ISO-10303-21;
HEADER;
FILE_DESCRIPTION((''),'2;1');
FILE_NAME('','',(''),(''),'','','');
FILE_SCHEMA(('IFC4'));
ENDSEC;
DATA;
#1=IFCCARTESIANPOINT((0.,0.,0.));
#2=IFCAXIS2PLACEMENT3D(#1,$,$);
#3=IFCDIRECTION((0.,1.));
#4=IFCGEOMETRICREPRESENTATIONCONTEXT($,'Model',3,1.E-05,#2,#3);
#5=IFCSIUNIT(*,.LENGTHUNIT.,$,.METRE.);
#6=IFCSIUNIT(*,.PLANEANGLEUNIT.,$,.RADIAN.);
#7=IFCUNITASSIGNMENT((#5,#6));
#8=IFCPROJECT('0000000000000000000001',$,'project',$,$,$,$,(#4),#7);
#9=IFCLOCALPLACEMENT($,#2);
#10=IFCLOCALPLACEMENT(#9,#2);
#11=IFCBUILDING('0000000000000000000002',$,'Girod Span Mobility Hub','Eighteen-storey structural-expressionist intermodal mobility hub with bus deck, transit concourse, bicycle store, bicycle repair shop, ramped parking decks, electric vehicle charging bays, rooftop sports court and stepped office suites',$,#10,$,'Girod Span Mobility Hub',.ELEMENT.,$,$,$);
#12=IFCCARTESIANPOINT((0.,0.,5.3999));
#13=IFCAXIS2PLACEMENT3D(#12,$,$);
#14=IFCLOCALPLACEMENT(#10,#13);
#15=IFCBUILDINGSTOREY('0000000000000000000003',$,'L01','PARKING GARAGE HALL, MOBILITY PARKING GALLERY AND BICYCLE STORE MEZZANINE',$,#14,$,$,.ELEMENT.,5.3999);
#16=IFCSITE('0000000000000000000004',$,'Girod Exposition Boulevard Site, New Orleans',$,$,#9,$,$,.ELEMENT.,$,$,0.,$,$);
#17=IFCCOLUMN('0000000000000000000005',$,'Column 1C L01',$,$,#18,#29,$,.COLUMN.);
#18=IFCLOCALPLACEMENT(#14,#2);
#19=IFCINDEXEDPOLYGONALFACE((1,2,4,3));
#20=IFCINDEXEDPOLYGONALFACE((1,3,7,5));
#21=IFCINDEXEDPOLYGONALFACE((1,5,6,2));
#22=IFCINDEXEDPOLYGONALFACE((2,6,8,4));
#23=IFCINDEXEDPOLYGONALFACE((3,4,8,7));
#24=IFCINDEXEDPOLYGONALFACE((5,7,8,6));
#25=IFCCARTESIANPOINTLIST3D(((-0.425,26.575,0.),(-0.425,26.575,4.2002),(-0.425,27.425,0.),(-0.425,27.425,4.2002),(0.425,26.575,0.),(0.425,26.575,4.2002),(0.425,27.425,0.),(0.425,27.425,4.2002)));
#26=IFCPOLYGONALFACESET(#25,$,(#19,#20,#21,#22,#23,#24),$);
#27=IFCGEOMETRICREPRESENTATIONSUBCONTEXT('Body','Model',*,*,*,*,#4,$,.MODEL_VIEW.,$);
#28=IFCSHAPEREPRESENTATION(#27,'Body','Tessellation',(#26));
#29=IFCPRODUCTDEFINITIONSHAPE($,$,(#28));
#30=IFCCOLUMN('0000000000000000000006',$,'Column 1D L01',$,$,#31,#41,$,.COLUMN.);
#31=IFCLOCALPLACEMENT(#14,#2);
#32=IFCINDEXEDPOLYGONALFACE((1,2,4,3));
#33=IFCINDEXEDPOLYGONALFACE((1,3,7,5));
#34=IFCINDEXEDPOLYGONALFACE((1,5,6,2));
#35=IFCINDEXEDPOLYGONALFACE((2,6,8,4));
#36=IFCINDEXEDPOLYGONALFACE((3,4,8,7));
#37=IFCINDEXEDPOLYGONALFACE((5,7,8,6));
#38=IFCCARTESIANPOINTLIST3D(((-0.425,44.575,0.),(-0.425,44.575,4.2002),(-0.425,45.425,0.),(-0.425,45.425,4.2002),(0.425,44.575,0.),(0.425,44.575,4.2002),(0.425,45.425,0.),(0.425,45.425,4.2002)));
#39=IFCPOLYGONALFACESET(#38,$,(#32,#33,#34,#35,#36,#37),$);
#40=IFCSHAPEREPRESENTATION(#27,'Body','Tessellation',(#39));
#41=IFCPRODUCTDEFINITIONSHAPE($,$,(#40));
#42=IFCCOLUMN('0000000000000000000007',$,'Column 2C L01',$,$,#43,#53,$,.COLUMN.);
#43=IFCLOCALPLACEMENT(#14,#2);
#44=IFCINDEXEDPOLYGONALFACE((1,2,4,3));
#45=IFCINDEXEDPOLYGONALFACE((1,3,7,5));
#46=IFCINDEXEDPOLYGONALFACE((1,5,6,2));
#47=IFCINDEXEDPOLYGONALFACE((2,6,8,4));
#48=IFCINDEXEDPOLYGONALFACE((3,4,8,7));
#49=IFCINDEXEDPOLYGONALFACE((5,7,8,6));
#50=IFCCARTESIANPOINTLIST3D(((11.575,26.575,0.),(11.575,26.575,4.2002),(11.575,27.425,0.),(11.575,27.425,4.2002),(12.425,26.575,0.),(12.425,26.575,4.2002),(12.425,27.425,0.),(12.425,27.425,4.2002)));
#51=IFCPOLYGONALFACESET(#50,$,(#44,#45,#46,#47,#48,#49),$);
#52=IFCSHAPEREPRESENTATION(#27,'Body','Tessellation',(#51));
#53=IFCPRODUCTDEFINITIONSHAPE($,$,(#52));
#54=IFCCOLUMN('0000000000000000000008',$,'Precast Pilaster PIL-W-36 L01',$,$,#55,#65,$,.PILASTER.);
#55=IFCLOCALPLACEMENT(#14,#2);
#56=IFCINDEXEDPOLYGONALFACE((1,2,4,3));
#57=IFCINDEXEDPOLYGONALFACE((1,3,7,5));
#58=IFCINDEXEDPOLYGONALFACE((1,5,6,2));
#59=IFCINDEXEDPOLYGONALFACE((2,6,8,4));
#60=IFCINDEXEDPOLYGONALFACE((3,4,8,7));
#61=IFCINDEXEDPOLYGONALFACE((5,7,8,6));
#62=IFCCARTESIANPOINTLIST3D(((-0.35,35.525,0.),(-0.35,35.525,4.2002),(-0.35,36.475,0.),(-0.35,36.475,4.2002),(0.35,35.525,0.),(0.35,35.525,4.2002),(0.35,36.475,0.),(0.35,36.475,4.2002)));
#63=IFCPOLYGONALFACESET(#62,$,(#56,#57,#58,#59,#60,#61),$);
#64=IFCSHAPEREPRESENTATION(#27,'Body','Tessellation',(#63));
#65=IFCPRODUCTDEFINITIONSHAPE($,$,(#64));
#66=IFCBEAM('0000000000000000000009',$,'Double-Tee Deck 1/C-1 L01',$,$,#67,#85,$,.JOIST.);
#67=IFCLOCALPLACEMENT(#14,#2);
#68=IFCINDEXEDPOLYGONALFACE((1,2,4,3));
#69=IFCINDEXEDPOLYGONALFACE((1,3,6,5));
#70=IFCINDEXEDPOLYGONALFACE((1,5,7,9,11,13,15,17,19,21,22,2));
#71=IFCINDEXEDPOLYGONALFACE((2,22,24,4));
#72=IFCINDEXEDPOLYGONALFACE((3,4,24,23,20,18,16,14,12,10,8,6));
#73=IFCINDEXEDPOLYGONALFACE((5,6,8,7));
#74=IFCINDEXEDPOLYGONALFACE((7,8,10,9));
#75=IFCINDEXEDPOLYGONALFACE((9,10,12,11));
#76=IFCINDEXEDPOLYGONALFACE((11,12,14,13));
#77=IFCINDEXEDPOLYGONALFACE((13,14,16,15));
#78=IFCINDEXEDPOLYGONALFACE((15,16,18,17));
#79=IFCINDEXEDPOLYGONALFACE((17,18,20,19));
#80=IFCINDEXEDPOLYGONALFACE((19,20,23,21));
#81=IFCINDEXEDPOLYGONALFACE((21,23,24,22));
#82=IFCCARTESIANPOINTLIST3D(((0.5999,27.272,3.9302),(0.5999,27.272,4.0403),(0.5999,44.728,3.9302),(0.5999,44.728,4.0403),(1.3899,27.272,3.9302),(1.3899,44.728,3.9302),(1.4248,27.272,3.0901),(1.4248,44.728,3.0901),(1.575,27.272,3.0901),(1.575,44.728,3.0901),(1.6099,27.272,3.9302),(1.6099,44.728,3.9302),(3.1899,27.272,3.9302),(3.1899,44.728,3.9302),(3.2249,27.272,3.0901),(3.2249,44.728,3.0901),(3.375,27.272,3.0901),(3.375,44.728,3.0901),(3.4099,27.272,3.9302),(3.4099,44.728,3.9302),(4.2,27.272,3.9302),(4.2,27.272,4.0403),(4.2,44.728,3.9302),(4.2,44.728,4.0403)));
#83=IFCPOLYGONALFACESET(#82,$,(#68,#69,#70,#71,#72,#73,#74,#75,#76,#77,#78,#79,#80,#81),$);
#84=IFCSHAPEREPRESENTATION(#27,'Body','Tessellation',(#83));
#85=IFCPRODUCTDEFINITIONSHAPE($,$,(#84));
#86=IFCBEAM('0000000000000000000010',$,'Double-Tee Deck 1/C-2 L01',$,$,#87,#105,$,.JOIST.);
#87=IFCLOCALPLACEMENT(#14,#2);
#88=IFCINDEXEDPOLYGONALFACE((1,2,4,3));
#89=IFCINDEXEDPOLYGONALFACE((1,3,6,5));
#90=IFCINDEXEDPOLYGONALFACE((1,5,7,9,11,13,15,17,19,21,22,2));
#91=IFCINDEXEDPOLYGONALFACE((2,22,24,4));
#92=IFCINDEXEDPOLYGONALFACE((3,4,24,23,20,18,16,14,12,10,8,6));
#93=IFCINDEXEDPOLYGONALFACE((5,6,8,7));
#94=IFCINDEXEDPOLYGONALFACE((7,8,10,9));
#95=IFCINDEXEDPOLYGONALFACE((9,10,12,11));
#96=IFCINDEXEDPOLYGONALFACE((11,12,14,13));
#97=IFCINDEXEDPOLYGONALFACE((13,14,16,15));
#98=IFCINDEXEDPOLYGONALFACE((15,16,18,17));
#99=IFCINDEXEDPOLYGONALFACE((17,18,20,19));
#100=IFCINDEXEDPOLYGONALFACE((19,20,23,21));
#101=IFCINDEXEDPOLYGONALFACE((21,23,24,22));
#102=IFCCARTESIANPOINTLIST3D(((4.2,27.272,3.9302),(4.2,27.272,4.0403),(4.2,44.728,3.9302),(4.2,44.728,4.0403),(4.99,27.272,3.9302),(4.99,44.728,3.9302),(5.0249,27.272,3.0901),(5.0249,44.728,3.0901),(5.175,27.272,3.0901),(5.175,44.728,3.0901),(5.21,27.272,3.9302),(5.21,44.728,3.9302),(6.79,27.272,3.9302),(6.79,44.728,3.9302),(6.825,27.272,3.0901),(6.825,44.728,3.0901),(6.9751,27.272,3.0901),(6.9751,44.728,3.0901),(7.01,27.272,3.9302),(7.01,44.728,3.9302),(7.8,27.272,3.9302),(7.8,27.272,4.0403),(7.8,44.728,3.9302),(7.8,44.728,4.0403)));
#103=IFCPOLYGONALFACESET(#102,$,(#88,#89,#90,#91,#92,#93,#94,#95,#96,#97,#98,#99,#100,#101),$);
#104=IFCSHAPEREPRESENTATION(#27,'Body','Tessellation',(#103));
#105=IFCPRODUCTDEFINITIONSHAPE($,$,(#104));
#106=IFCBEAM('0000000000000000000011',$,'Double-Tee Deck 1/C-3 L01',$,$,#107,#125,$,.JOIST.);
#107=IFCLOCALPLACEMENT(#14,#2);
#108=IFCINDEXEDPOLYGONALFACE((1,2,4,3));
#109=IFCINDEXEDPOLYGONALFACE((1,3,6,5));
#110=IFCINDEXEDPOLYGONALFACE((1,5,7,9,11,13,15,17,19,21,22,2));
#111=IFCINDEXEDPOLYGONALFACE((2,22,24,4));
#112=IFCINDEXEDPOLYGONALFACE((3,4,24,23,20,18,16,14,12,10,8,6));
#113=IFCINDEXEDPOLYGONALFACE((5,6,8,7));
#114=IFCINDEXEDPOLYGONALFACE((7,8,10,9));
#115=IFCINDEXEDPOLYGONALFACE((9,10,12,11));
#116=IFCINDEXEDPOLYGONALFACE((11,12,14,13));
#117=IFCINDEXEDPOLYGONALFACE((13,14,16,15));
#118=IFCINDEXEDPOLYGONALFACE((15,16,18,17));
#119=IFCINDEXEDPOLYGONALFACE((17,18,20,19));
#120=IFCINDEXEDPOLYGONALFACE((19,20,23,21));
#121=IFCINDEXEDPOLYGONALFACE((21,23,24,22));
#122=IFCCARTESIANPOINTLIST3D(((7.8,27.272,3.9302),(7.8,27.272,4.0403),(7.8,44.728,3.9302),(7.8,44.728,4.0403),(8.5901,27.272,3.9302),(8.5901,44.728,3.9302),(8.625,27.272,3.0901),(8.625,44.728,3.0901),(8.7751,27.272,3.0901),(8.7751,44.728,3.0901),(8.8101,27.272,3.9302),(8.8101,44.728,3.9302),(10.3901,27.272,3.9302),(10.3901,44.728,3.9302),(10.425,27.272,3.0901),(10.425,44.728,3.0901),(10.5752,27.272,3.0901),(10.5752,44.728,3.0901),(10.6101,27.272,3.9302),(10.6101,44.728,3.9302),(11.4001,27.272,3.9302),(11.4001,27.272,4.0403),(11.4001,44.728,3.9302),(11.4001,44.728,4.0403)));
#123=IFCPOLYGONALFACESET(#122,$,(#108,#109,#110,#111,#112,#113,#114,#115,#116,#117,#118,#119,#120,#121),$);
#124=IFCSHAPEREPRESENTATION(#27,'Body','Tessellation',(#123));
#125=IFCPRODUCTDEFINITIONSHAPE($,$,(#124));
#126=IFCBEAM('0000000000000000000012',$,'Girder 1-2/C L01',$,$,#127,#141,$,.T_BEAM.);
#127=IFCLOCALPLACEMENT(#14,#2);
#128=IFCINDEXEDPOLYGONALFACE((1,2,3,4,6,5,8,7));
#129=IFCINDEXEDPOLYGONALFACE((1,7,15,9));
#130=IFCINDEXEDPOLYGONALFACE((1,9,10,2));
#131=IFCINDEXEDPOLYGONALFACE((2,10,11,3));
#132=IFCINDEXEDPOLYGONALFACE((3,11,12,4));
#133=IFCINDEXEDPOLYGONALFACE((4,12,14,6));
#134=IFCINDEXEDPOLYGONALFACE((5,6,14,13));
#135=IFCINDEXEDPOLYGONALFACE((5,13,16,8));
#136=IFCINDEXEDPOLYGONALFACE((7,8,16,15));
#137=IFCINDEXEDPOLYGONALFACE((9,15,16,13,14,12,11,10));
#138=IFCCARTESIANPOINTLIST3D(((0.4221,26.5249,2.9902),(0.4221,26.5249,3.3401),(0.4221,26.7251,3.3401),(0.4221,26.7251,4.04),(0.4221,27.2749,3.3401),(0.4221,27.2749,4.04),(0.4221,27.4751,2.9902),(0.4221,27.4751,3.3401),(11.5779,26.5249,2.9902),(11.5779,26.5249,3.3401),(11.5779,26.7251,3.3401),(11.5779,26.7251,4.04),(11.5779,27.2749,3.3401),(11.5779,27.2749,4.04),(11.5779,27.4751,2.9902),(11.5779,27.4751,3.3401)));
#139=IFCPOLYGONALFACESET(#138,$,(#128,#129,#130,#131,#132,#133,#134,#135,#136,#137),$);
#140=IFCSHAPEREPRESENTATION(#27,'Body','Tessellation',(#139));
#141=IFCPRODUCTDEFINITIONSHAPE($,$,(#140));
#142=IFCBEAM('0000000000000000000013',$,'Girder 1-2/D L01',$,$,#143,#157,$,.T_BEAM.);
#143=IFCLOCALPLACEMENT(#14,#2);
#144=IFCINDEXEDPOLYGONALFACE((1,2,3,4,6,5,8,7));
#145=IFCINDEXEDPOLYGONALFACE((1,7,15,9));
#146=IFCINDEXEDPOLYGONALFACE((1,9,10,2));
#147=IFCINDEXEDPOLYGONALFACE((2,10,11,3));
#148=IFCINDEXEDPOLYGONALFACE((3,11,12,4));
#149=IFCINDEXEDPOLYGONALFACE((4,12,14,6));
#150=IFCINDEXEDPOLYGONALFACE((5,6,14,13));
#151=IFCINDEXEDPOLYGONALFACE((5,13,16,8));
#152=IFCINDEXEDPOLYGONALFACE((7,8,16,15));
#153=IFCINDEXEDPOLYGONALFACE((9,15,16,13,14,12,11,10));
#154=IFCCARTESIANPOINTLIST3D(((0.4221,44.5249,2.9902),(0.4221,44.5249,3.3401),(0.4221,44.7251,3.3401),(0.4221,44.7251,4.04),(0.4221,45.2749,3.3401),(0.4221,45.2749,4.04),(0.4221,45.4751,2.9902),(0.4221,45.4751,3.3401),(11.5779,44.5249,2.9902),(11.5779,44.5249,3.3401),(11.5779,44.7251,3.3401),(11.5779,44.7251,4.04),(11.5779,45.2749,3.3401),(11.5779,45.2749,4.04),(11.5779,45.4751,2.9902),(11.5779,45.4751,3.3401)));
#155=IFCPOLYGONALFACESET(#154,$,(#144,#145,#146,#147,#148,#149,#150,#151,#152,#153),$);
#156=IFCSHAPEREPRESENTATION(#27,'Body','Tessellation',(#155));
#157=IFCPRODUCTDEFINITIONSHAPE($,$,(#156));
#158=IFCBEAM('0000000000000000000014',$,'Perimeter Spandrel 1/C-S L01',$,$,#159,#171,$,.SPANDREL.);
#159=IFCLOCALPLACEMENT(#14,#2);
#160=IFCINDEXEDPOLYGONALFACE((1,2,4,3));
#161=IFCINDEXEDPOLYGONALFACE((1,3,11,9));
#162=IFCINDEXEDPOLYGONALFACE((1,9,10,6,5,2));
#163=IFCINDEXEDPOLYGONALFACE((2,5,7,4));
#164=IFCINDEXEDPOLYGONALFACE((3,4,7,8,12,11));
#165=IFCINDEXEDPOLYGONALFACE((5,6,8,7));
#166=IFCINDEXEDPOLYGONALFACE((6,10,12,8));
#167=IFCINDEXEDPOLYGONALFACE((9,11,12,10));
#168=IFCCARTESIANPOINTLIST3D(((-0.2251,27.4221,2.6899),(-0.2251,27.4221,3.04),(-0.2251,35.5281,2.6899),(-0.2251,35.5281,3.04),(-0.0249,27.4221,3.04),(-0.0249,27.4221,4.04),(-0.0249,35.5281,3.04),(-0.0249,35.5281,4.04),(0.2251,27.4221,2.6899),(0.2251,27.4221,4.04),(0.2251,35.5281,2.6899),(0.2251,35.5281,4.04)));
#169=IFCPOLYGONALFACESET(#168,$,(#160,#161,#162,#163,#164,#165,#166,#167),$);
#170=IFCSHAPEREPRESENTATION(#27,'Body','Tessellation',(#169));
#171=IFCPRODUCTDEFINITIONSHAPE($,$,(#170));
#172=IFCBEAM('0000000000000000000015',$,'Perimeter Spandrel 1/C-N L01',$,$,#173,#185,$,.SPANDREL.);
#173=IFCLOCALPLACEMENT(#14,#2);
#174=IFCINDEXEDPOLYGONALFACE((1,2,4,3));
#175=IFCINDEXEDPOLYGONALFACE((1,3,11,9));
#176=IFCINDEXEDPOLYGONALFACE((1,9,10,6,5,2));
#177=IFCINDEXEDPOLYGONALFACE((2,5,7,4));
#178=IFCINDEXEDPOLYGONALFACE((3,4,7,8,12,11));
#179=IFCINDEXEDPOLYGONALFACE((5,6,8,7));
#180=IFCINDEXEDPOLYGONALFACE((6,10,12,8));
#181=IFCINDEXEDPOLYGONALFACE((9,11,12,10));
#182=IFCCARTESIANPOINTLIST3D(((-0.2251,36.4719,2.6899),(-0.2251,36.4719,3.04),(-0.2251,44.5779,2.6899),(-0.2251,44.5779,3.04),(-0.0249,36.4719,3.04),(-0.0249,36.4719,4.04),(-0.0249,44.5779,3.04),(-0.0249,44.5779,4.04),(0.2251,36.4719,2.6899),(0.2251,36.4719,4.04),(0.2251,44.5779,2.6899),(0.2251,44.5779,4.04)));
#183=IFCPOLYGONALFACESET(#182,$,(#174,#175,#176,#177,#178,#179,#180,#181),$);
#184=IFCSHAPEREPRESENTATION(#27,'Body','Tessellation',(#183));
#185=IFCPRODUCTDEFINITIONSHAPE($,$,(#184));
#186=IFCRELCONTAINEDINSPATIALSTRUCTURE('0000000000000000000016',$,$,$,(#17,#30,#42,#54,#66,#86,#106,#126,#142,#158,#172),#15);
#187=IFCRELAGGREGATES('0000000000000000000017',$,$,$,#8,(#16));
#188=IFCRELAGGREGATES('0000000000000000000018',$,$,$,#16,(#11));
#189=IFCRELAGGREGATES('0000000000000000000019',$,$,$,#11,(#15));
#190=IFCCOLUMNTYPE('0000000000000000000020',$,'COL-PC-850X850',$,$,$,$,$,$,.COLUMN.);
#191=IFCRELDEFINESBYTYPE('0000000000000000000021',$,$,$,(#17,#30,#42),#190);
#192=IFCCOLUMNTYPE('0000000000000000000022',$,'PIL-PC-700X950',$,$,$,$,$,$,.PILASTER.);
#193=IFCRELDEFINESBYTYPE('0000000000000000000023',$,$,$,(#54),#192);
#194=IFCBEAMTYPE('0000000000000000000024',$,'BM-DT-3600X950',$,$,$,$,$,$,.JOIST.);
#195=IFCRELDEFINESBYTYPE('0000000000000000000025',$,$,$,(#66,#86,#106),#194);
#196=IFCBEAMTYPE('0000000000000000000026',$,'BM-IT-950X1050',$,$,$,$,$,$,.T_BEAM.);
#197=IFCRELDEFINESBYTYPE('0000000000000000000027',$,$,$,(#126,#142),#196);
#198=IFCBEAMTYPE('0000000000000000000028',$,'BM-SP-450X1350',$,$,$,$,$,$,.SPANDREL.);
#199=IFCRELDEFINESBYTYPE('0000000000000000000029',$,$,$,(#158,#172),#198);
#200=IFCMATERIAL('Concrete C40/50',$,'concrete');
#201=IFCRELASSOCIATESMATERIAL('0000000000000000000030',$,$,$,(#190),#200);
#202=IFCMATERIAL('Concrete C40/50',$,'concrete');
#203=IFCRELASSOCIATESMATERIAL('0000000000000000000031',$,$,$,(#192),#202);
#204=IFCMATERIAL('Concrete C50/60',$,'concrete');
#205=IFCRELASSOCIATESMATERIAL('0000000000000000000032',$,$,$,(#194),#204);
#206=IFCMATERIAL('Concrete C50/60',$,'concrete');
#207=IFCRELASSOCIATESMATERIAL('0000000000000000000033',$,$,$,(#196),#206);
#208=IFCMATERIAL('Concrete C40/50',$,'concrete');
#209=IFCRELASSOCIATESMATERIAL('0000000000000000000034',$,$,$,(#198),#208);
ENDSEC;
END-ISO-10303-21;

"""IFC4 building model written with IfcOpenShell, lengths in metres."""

from ifc_helpers import new_model, si_unit, direction, frame, origin, origin_2d, place, context, subcontext, project, spatial, polyline, rectangle, outline, extrude, material, material_profile, profile_set, type_object, element, save


model = new_model("IFC4")

# Units and contexts
model_context = context("Model", 3, precision=1e-05, world=origin(), true_north=direction((0.0, 1.0)))
body_context = subcontext(model_context, "Body", "Model", "MODEL_VIEW")
ifc_project = project(units=[si_unit("LENGTHUNIT", "METRE"), si_unit("PLANEANGLEUNIT", "RADIAN")], contexts=[model_context])

# Site, building, storey
site_placement = place(None, origin())
site = spatial("IfcSite", under=ifc_project, at=site_placement, Name="Girod Exposition Boulevard Site, New Orleans", CompositionType="ELEMENT", RefElevation=0.0)
building_placement = place(site_placement, origin())
building = spatial("IfcBuilding", under=site, at=building_placement, Name="Girod Span Mobility Hub", Description="Eighteen-storey structural-expressionist intermodal mobility hub with bus deck, transit concourse, bicycle store, bicycle repair shop, ramped parking decks, electric vehicle charging bays, rooftop sports court and stepped office suites", LongName="Girod Span Mobility Hub", CompositionType="ELEMENT")
storey_placement = place(building_placement, frame((0.0, 0.0, 5.3999)))
storey = spatial("IfcBuildingStorey", under=building, at=storey_placement, Name="L01", Description="PARKING GARAGE HALL, MOBILITY PARKING GALLERY AND BICYCLE STORE MEZZANINE", CompositionType="ELEMENT", Elevation=5.3999)

# Columns
ifc_material_1 = material(Name="Concrete C40/50", Category="concrete")
ifc_material_profile_1 = material_profile(ifc_material_1, rectangle(XDim=0.8501, YDim=0.8501, at=origin_2d()), Name="PC-COL-850X850")
ifc_profile_set_1 = profile_set([ifc_material_profile_1], Name="Concrete C40/50")
column_type_1 = type_object("IfcColumnType", Name="COL-PC-850X850", PredefinedType="COLUMN", material=ifc_profile_set_1)
for number, where, z_axis, x_axis, name in (
    (1, (0.0, 27.0, 0.0), (0.0, 0.0, 1.0), (1.0, 0.0, 0.0), "Column 1C L01"),
    (2, (0.0, 45.0, 0.0), (0.0, 0.0, 1.0), (1.0, 0.0, 0.0), "Column 1D L01"),
    (3, (12.0, 27.0, 0.0), (0.0, 0.0, 1.0), (1.0, 0.0, 0.0), "Column 2C L01"),
):
    element("IfcColumn", number, at=place(storey_placement, frame(where, z_axis=z_axis, x_axis=x_axis)), inside=storey, type_object=column_type_1, Name=name, PredefinedType="COLUMN", context=body_context, shape_type="SweptSolid", body=[
        extrude(rectangle(XDim=0.8501, YDim=0.8501, at=origin_2d()), origin(), (0.0, 0.0, 1.0), 4.2002),
    ])
ifc_material_2 = material(Name="Concrete C40/50", Category="concrete")
ifc_material_profile_2 = material_profile(ifc_material_2, rectangle(XDim=0.7, YDim=0.95, at=origin_2d()), Name="PC-PIL-700X950")
ifc_profile_set_2 = profile_set([ifc_material_profile_2], Name="Concrete C40/50")
column_type_2 = type_object("IfcColumnType", Name="PIL-PC-700X950", PredefinedType="PILASTER", material=ifc_profile_set_2)
column_placement = place(storey_placement, frame((0.0, 36.0, 0.0), z_axis=(0.0, 0.0, 1.0), x_axis=(1.0, 0.0, 0.0)))
element("IfcColumn", 4, at=column_placement, inside=storey, type_object=column_type_2, Name="Precast Pilaster PIL-W-36 L01", PredefinedType="PILASTER", context=body_context, shape_type="SweptSolid", body=[
    extrude(rectangle(XDim=0.7, YDim=0.95, at=origin_2d()), origin(), (0.0, 0.0, 1.0), 4.2002),
])

# Beams
ifc_material_3 = material(Name="Concrete C50/60", Category="concrete")
ifc_material_profile_3 = material_profile(ifc_material_3, outline(polyline([(-1.8, 0.4751), (-1.8, 0.365), (-1.01, 0.365), (-0.9751, -0.4751), (-0.825, -0.4751), (-0.79, 0.365), (0.79, 0.365), (0.825, -0.4751), (0.9751, -0.4751), (1.01, 0.365), (1.8, 0.365), (1.8, 0.4751), (-1.8, 0.4751)])), Name="DT-3600X950")
ifc_profile_set_3 = profile_set([ifc_material_profile_3], Name="Concrete C50/60")
beam_type_1 = type_object("IfcBeamType", Name="BM-DT-3600X950", PredefinedType="JOIST", material=ifc_profile_set_3)
for number, where, z_axis, x_axis, name in (
    (5, (2.3999, 27.272, 3.5652), (0.0, 1.0, 0.0), (-1.0, 0.0, 0.0), "Double-Tee Deck 1/C-1 L01"),
    (6, (6.0, 27.272, 3.5652), (0.0, 1.0, 0.0), (-1.0, 0.0, 0.0), "Double-Tee Deck 1/C-2 L01"),
    (7, (9.6001, 27.272, 3.5652), (0.0, 1.0, 0.0), (-1.0, 0.0, 0.0), "Double-Tee Deck 1/C-3 L01"),
):
    element("IfcBeam", number, at=place(storey_placement, frame(where, z_axis=z_axis, x_axis=x_axis)), inside=storey, type_object=beam_type_1, Name=name, PredefinedType="JOIST", context=body_context, shape_type="SweptSolid", body=[
        extrude(outline(polyline([(-1.8, 0.4751), (-1.8, 0.365), (-1.01, 0.365), (-0.9751, -0.4751), (-0.825, -0.4751), (-0.79, 0.365), (0.79, 0.365), (0.825, -0.4751), (0.9751, -0.4751), (1.01, 0.365), (1.8, 0.365), (1.8, 0.4751), (-1.8, 0.4751)])), origin(), (0.0, 0.0, 1.0), 17.4561),
    ])
ifc_material_4 = material(Name="Concrete C50/60", Category="concrete")
ifc_material_profile_4 = material_profile(ifc_material_4, outline(polyline([(-0.4751, -0.5249), (0.4751, -0.5249), (0.4751, -0.175), (0.2749, -0.175), (0.2749, 0.5249), (-0.2749, 0.5249), (-0.2749, -0.175), (-0.4751, -0.175), (-0.4751, -0.5249)])), Name="IT-950X1050")
ifc_profile_set_4 = profile_set([ifc_material_profile_4], Name="Concrete C50/60")
beam_type_2 = type_object("IfcBeamType", Name="BM-IT-950X1050", PredefinedType="T_BEAM", material=ifc_profile_set_4)
for number, where, z_axis, x_axis, name in (
    (8, (0.4221, 27.0, 3.5151), (1.0, 0.0, 0.0), (0.0, 1.0, 0.0), "Girder 1-2/C L01"),
    (9, (0.4221, 45.0, 3.5151), (1.0, 0.0, 0.0), (0.0, 1.0, 0.0), "Girder 1-2/D L01"),
):
    element("IfcBeam", number, at=place(storey_placement, frame(where, z_axis=z_axis, x_axis=x_axis)), inside=storey, type_object=beam_type_2, Name=name, PredefinedType="T_BEAM", context=body_context, shape_type="SweptSolid", body=[
        extrude(outline(polyline([(-0.4751, -0.5249), (0.4751, -0.5249), (0.4751, -0.175), (0.2749, -0.175), (0.2749, 0.5249), (-0.2749, 0.5249), (-0.2749, -0.175), (-0.4751, -0.175), (-0.4751, -0.5249)])), origin(), (0.0, 0.0, 1.0), 11.1558),
    ])
ifc_material_5 = material(Name="Concrete C40/50", Category="concrete")
ifc_material_profile_5 = material_profile(ifc_material_5, outline(polyline([(-0.2251, -0.675), (0.2251, -0.675), (0.2251, -0.325), (0.0249, -0.325), (0.0249, 0.675), (-0.2251, 0.675), (-0.2251, -0.675)])), Name="SP-450X1350")
ifc_profile_set_5 = profile_set([ifc_material_profile_5], Name="Concrete C40/50")
beam_type_3 = type_object("IfcBeamType", Name="BM-SP-450X1350", PredefinedType="SPANDREL", material=ifc_profile_set_5)
for number, where, z_axis, x_axis, name in (
    (10, (0.0, 27.4221, 3.365), (0.0, 1.0, 0.0), (-1.0, 0.0, 0.0), "Perimeter Spandrel 1/C-S L01"),
    (11, (0.0, 36.4719, 3.365), (0.0, 1.0, 0.0), (-1.0, 0.0, 0.0), "Perimeter Spandrel 1/C-N L01"),
):
    element("IfcBeam", number, at=place(storey_placement, frame(where, z_axis=z_axis, x_axis=x_axis)), inside=storey, type_object=beam_type_3, Name=name, PredefinedType="SPANDREL", context=body_context, shape_type="SweptSolid", body=[
        extrude(outline(polyline([(-0.2251, -0.675), (0.2251, -0.675), (0.2251, -0.325), (0.0249, -0.325), (0.0249, 0.675), (-0.2251, 0.675), (-0.2251, -0.675)])), origin(), (0.0, 0.0, 1.0), 8.106),
    ])

save(model, "model.ifc")
